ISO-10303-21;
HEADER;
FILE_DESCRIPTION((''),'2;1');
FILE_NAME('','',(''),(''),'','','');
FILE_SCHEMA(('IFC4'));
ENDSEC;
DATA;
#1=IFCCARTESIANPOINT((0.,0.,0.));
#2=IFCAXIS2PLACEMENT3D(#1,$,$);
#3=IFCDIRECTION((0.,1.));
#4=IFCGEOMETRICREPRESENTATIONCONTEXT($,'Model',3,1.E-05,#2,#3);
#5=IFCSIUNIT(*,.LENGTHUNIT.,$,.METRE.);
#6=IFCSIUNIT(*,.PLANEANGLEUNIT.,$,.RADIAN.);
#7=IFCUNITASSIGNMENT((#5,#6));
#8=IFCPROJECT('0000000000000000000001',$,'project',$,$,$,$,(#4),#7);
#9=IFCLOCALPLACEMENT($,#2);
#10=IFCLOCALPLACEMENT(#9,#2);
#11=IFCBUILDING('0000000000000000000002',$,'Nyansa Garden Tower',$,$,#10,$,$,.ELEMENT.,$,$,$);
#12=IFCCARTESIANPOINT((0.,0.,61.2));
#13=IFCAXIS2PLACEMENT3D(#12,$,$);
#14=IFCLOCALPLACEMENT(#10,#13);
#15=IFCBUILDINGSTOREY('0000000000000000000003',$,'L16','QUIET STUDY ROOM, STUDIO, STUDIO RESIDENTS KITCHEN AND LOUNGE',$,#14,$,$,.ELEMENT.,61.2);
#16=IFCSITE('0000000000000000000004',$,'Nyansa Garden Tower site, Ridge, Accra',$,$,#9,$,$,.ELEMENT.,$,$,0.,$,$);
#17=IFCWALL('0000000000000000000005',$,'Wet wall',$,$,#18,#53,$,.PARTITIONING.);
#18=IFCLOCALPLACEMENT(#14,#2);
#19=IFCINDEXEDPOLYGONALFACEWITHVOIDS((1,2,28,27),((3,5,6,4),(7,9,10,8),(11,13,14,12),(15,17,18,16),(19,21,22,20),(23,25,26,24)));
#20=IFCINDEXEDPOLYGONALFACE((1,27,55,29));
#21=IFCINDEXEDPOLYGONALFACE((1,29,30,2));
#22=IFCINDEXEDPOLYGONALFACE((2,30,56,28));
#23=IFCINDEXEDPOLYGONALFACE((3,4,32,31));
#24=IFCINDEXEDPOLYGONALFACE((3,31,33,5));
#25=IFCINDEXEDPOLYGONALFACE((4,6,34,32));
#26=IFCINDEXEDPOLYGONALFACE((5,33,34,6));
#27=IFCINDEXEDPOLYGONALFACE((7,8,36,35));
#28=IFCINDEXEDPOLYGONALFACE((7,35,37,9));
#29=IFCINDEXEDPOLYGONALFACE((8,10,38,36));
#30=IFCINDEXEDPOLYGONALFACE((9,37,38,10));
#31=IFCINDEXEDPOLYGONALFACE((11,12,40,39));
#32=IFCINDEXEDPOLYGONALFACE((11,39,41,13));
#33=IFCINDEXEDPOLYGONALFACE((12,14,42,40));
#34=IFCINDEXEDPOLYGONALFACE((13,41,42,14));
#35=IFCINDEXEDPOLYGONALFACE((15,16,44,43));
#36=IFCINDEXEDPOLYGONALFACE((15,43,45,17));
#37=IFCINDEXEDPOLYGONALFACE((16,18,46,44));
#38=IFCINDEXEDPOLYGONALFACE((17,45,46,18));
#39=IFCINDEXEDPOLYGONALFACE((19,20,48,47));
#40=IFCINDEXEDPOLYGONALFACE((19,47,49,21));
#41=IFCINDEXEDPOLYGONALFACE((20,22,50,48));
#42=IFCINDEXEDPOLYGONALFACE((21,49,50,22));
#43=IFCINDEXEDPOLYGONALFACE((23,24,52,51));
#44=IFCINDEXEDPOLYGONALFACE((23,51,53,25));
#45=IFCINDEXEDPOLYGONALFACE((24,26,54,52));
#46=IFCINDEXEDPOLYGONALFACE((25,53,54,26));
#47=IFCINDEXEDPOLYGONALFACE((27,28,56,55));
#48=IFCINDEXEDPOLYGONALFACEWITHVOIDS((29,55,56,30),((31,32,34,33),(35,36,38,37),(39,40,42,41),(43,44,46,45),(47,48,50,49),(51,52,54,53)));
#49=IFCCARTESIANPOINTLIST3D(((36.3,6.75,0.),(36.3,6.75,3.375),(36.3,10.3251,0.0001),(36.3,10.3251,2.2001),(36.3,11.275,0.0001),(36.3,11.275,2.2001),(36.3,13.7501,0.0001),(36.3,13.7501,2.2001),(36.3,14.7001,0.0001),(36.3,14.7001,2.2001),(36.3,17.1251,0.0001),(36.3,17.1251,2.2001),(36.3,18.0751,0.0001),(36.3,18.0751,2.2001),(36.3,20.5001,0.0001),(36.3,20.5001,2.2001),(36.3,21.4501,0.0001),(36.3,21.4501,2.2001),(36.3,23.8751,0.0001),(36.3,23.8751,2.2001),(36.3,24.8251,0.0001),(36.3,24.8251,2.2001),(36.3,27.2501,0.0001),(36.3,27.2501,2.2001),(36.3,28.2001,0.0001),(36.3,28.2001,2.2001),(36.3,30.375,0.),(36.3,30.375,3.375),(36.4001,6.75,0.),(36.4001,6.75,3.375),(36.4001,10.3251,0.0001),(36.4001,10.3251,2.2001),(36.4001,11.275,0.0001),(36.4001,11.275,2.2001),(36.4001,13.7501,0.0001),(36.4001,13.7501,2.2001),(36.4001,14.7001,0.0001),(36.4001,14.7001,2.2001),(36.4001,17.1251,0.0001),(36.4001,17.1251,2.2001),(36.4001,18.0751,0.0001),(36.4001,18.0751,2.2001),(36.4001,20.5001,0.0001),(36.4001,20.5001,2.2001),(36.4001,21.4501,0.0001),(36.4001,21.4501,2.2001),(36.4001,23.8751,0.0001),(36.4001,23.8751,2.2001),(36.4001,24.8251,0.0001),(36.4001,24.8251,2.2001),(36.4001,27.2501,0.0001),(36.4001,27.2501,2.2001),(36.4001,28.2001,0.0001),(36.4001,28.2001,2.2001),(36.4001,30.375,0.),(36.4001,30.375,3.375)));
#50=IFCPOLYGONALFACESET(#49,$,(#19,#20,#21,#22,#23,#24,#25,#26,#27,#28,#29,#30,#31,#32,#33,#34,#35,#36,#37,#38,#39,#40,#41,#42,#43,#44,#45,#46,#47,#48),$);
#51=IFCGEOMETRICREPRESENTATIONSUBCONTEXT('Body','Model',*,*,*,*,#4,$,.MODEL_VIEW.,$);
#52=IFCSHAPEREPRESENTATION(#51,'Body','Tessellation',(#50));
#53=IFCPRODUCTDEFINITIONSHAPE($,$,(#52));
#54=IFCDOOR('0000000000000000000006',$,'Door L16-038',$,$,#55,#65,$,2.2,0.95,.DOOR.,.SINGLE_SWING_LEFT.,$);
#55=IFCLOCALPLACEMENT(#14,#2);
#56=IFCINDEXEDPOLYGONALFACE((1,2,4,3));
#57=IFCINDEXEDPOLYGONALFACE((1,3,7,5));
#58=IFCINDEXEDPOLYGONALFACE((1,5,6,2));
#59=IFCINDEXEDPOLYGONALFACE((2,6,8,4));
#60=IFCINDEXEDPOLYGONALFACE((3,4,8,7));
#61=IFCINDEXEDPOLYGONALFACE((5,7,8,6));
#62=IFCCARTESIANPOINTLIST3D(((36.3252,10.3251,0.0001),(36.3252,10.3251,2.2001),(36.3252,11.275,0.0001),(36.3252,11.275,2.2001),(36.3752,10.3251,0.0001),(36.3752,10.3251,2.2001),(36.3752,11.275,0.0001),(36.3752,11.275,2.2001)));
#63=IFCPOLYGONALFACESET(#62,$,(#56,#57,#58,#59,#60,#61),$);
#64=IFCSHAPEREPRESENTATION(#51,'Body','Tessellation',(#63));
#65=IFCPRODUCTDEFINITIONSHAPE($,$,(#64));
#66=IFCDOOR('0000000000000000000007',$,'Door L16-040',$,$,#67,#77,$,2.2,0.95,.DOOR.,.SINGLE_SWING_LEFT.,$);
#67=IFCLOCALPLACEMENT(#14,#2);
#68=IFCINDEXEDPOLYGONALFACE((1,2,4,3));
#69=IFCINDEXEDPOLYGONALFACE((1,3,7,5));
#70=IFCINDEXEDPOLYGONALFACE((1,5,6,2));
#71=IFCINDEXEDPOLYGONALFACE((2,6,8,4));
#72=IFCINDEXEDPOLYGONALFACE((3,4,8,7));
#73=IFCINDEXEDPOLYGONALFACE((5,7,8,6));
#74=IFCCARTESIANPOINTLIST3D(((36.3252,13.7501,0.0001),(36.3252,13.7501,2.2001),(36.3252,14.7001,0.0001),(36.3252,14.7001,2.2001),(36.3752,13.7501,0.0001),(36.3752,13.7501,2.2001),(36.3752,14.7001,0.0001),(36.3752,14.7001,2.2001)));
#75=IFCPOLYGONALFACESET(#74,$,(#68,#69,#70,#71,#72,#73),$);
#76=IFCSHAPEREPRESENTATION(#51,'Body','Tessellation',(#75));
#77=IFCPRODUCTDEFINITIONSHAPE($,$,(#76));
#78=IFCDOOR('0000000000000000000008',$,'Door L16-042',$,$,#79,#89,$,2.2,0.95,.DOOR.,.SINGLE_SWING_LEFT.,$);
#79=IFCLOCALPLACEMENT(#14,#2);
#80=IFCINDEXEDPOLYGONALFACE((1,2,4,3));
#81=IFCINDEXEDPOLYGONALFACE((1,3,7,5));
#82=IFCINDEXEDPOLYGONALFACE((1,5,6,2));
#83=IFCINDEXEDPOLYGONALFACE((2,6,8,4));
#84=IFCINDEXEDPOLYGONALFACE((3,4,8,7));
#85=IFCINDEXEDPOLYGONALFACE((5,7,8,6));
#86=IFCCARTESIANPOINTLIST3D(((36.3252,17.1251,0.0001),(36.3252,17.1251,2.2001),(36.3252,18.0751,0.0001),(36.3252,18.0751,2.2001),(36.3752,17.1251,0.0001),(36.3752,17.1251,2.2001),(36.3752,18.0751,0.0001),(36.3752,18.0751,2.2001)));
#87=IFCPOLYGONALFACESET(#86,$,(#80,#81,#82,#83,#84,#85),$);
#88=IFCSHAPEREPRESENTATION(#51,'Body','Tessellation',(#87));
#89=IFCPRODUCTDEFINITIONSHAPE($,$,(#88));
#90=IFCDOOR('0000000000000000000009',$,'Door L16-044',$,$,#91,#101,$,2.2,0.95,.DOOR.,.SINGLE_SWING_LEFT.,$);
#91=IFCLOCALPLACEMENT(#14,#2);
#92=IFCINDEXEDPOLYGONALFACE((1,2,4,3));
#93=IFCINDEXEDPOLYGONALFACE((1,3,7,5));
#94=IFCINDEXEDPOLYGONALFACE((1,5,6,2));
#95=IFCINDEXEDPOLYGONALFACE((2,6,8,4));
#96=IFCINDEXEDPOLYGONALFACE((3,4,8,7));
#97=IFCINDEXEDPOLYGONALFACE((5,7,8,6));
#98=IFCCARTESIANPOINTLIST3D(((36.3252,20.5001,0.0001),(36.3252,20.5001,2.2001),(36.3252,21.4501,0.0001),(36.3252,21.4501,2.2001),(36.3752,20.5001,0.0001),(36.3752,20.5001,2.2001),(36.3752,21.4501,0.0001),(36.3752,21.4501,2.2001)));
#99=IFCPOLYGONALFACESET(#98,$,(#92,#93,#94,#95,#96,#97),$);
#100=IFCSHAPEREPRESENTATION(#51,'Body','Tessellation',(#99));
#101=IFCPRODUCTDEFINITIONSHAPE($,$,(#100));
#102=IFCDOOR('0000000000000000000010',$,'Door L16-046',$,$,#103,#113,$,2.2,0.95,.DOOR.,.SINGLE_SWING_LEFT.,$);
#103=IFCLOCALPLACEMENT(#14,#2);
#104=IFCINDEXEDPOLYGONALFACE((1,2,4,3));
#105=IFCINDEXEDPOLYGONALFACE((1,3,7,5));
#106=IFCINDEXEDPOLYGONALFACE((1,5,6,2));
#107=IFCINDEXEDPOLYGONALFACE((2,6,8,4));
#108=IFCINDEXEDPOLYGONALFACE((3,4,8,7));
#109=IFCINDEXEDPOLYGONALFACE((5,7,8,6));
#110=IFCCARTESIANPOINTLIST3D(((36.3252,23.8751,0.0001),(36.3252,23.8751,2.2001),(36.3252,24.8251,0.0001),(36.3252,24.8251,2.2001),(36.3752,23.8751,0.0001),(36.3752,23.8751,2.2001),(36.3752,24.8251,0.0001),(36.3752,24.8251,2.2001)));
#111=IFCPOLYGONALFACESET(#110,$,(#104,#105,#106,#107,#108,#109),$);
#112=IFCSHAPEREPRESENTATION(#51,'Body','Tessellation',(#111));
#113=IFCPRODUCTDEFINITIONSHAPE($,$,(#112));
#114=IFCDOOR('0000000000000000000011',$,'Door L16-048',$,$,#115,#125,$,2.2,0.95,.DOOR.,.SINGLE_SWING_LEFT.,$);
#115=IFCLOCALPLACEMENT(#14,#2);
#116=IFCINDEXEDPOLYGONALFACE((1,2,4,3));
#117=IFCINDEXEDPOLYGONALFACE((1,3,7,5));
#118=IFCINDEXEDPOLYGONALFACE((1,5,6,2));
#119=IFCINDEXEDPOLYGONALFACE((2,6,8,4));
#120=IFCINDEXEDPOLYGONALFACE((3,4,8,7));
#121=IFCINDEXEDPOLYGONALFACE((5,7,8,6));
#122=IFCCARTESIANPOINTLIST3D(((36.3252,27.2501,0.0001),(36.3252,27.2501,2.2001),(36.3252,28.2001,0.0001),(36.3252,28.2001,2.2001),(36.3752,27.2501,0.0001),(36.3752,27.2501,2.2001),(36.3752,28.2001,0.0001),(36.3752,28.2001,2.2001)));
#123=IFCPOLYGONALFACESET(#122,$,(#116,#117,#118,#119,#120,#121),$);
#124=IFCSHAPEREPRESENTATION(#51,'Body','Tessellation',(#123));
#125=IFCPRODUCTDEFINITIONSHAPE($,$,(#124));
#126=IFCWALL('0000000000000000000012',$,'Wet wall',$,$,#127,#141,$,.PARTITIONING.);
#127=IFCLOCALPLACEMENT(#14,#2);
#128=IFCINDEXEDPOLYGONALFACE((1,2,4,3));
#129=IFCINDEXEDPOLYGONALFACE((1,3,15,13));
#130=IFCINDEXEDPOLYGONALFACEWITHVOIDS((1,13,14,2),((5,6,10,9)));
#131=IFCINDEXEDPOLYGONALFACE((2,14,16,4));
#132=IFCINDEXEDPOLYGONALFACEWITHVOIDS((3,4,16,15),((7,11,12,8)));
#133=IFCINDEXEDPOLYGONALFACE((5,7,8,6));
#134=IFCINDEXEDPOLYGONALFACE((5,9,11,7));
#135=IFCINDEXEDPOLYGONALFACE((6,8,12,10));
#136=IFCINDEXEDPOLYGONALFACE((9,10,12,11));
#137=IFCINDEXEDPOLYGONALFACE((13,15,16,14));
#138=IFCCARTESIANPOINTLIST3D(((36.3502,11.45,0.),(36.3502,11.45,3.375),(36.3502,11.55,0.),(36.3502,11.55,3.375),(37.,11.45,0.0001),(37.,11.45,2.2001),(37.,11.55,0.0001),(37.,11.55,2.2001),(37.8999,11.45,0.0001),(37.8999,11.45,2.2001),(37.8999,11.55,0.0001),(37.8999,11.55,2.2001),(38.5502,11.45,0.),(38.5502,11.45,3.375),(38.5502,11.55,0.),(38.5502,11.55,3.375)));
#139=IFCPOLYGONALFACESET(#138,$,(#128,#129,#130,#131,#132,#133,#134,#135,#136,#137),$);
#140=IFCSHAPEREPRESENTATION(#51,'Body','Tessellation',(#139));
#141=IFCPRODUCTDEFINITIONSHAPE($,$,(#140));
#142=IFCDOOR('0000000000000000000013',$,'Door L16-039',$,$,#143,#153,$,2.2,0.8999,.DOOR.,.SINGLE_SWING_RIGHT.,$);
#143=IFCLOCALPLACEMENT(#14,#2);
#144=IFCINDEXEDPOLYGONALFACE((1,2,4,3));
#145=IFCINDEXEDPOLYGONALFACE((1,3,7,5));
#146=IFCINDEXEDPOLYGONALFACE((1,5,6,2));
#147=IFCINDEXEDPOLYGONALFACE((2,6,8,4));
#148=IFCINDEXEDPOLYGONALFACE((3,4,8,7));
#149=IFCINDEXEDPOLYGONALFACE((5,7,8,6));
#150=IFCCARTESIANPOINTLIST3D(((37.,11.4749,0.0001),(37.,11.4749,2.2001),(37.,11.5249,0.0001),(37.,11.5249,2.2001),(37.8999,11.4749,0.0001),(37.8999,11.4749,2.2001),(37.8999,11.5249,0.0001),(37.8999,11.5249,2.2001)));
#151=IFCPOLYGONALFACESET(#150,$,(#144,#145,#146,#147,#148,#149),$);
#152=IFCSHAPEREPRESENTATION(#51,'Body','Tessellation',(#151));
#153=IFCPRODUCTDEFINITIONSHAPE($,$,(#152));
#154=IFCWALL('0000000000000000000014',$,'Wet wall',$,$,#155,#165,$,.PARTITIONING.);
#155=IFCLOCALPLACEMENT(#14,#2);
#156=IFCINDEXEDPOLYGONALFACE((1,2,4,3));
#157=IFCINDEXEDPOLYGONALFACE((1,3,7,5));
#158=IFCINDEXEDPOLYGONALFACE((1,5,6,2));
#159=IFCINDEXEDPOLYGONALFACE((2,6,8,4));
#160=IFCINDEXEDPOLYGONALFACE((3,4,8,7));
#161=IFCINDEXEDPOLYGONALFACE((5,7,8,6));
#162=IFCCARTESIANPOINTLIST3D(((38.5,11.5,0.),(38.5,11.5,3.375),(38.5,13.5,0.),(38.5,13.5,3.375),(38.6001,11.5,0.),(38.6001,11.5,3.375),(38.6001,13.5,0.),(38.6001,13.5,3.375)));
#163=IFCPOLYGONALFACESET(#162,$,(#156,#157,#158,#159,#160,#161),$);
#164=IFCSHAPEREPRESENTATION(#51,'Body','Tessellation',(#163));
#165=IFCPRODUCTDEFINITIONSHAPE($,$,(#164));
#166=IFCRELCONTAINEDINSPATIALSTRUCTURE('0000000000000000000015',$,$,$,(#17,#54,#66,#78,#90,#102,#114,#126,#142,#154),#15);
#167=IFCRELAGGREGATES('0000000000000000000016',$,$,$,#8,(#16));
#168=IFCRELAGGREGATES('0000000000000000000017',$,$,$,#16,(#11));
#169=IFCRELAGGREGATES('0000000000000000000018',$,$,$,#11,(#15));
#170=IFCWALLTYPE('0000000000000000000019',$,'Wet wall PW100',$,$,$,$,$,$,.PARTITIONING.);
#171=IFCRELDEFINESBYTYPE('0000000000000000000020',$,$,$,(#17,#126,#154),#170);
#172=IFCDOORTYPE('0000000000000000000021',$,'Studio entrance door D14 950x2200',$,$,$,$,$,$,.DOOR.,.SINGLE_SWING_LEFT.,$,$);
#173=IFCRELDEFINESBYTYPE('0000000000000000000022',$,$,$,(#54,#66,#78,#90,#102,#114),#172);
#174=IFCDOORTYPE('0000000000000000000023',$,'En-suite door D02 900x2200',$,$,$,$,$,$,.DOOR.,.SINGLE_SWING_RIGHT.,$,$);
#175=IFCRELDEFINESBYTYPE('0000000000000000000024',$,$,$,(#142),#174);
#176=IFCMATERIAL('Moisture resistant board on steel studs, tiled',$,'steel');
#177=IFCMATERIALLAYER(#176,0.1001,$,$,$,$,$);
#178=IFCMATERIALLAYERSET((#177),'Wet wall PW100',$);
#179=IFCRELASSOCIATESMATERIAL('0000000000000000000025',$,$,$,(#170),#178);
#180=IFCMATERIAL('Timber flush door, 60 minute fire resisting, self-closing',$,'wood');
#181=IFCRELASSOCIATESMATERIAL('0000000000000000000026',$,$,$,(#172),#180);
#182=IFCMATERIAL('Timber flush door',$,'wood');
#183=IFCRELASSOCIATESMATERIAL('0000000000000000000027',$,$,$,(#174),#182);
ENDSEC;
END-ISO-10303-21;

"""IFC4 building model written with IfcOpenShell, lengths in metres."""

from ifc_helpers import new_model, si_unit, direction, frame, frame_2d, origin, place, context, subcontext, project, spatial, rectangle, extrude, material, layer, layer_set, type_object, element, fill, save


model = new_model("IFC4")

# Units and contexts
model_context = context("Model", 3, precision=1e-05, world=origin(), true_north=direction((0.0, 1.0)))
body_context = subcontext(model_context, "Body", "Model", "MODEL_VIEW")
ifc_project = project(units=[si_unit("LENGTHUNIT", "METRE"), si_unit("PLANEANGLEUNIT", "RADIAN")], contexts=[model_context])

# Site, building, storey
site_placement = place(None, origin())
site = spatial("IfcSite", under=ifc_project, at=site_placement, Name="Nyansa Garden Tower site, Ridge, Accra", CompositionType="ELEMENT", RefElevation=0.0)
building_placement = place(site_placement, origin())
building = spatial("IfcBuilding", under=site, at=building_placement, Name="Nyansa Garden Tower", CompositionType="ELEMENT")
storey_placement = place(building_placement, frame((0.0, 0.0, 61.2)))
storey = spatial("IfcBuildingStorey", under=building, at=storey_placement, Name="L16", Description="QUIET STUDY ROOM, STUDIO, STUDIO RESIDENTS KITCHEN AND LOUNGE", CompositionType="ELEMENT", Elevation=61.2)

# Wall, openings, doors
ifc_material_1 = material(Name="Moisture resistant board on steel studs, tiled", Category="steel")
ifc_layer_1 = layer(ifc_material_1, 0.1001)
ifc_layer_set_1 = layer_set([ifc_layer_1], Name="Wet wall PW100")
wall_type_1 = type_object("IfcWallType", Name="Wet wall PW100", PredefinedType="PARTITIONING", material=ifc_layer_set_1)
wall_1_placement = place(storey_placement, frame((36.3501, 6.75, 0.0), z_axis=(0.0, 0.0, 1.0), x_axis=(0.0, 1.0, 0.0)))
wall_1 = element("IfcWall", 1, at=wall_1_placement, inside=storey, type_object=wall_type_1, Name="Wet wall", PredefinedType="PARTITIONING", context=body_context, shape_type="SweptSolid", body=[
    extrude(rectangle(XDim=23.625, YDim=0.1001, at=frame_2d((11.8125, 0.0))), origin(), (0.0, 0.0, 1.0), 3.375),
])
opening_1_placement = place(wall_1_placement, frame((3.575, 0.0, 0.0)))
opening_1 = element("IfcOpeningElement", 2, at=opening_1_placement, cuts=wall_1, PredefinedType="OPENING", context=body_context, shape_type="SweptSolid", body=[
    extrude(rectangle(XDim=0.95, YDim=2.2, at=frame_2d((0.4751, 1.1001))), frame((0.0, 0.0601, 0.0), z_axis=(0.0, -1.0, 0.0), x_axis=(1.0, 0.0, 0.0)), (0.0, 0.0, 1.0), 0.1201),
])
opening_2_placement = place(wall_1_placement, frame((7.0, 0.0, 0.0)))
opening_2 = element("IfcOpeningElement", 3, at=opening_2_placement, cuts=wall_1, PredefinedType="OPENING", context=body_context, shape_type="SweptSolid", body=[
    extrude(rectangle(XDim=0.95, YDim=2.2, at=frame_2d((0.4751, 1.1001))), frame((0.0, 0.0601, 0.0), z_axis=(0.0, -1.0, 0.0), x_axis=(1.0, 0.0, 0.0)), (0.0, 0.0, 1.0), 0.1201),
])
opening_3_placement = place(wall_1_placement, frame((10.375, 0.0, 0.0)))
opening_3 = element("IfcOpeningElement", 4, at=opening_3_placement, cuts=wall_1, PredefinedType="OPENING", context=body_context, shape_type="SweptSolid", body=[
    extrude(rectangle(XDim=0.95, YDim=2.2, at=frame_2d((0.4751, 1.1001))), frame((0.0, 0.0601, 0.0), z_axis=(0.0, -1.0, 0.0), x_axis=(1.0, 0.0, 0.0)), (0.0, 0.0, 1.0), 0.1201),
])
opening_4_placement = place(wall_1_placement, frame((13.75, 0.0, 0.0)))
opening_4 = element("IfcOpeningElement", 5, at=opening_4_placement, cuts=wall_1, PredefinedType="OPENING", context=body_context, shape_type="SweptSolid", body=[
    extrude(rectangle(XDim=0.95, YDim=2.2, at=frame_2d((0.4751, 1.1001))), frame((0.0, 0.0601, 0.0), z_axis=(0.0, -1.0, 0.0), x_axis=(1.0, 0.0, 0.0)), (0.0, 0.0, 1.0), 0.1201),
])
opening_5_placement = place(wall_1_placement, frame((17.125, 0.0, 0.0)))
opening_5 = element("IfcOpeningElement", 6, at=opening_5_placement, cuts=wall_1, PredefinedType="OPENING", context=body_context, shape_type="SweptSolid", body=[
    extrude(rectangle(XDim=0.95, YDim=2.2, at=frame_2d((0.4751, 1.1001))), frame((0.0, 0.0601, 0.0), z_axis=(0.0, -1.0, 0.0), x_axis=(1.0, 0.0, 0.0)), (0.0, 0.0, 1.0), 0.1201),
])
opening_6_placement = place(wall_1_placement, frame((20.5, 0.0, 0.0)))
opening_6 = element("IfcOpeningElement", 7, at=opening_6_placement, cuts=wall_1, PredefinedType="OPENING", context=body_context, shape_type="SweptSolid", body=[
    extrude(rectangle(XDim=0.95, YDim=2.2, at=frame_2d((0.4751, 1.1001))), frame((0.0, 0.0601, 0.0), z_axis=(0.0, -1.0, 0.0), x_axis=(1.0, 0.0, 0.0)), (0.0, 0.0, 1.0), 0.1201),
])
ifc_material_2 = material(Name="Timber flush door, 60 minute fire resisting, self-closing", Category="wood")
door_type_1 = type_object("IfcDoorType", Name="Studio entrance door D14 950x2200", OperationType="SINGLE_SWING_LEFT", PredefinedType="DOOR", material=ifc_material_2)
door_1_placement = place(opening_1_placement, origin())
door_1 = element("IfcDoor", 8, at=door_1_placement, inside=storey, type_object=door_type_1, Name="Door L16-038", OperationType="SINGLE_SWING_LEFT", OverallHeight=2.2, OverallWidth=0.95, PredefinedType="DOOR", context=body_context, shape_type="SweptSolid", body=[
    extrude(rectangle(XDim=0.95, YDim=2.2, at=frame_2d((0.4751, 1.1001))), frame((0.0, 0.0249, 0.0), z_axis=(0.0, -1.0, 0.0), x_axis=(1.0, 0.0, 0.0)), (0.0, 0.0, 1.0), 0.05),
])
fill(opening_1, door_1)
door_2_placement = place(opening_2_placement, origin())
door_2 = element("IfcDoor", 9, at=door_2_placement, inside=storey, type_object=door_type_1, Name="Door L16-040", OperationType="SINGLE_SWING_LEFT", OverallHeight=2.2, OverallWidth=0.95, PredefinedType="DOOR", context=body_context, shape_type="SweptSolid", body=[
    extrude(rectangle(XDim=0.95, YDim=2.2, at=frame_2d((0.4751, 1.1001))), frame((0.0, 0.0249, 0.0), z_axis=(0.0, -1.0, 0.0), x_axis=(1.0, 0.0, 0.0)), (0.0, 0.0, 1.0), 0.05),
])
fill(opening_2, door_2)
door_3_placement = place(opening_3_placement, origin())
door_3 = element("IfcDoor", 10, at=door_3_placement, inside=storey, type_object=door_type_1, Name="Door L16-042", OperationType="SINGLE_SWING_LEFT", OverallHeight=2.2, OverallWidth=0.95, PredefinedType="DOOR", context=body_context, shape_type="SweptSolid", body=[
    extrude(rectangle(XDim=0.95, YDim=2.2, at=frame_2d((0.4751, 1.1001))), frame((0.0, 0.0249, 0.0), z_axis=(0.0, -1.0, 0.0), x_axis=(1.0, 0.0, 0.0)), (0.0, 0.0, 1.0), 0.05),
])
fill(opening_3, door_3)
door_4_placement = place(opening_4_placement, origin())
door_4 = element("IfcDoor", 11, at=door_4_placement, inside=storey, type_object=door_type_1, Name="Door L16-044", OperationType="SINGLE_SWING_LEFT", OverallHeight=2.2, OverallWidth=0.95, PredefinedType="DOOR", context=body_context, shape_type="SweptSolid", body=[
    extrude(rectangle(XDim=0.95, YDim=2.2, at=frame_2d((0.4751, 1.1001))), frame((0.0, 0.0249, 0.0), z_axis=(0.0, -1.0, 0.0), x_axis=(1.0, 0.0, 0.0)), (0.0, 0.0, 1.0), 0.05),
])
fill(opening_4, door_4)
door_5_placement = place(opening_5_placement, origin())
door_5 = element("IfcDoor", 12, at=door_5_placement, inside=storey, type_object=door_type_1, Name="Door L16-046", OperationType="SINGLE_SWING_LEFT", OverallHeight=2.2, OverallWidth=0.95, PredefinedType="DOOR", context=body_context, shape_type="SweptSolid", body=[
    extrude(rectangle(XDim=0.95, YDim=2.2, at=frame_2d((0.4751, 1.1001))), frame((0.0, 0.0249, 0.0), z_axis=(0.0, -1.0, 0.0), x_axis=(1.0, 0.0, 0.0)), (0.0, 0.0, 1.0), 0.05),
])
fill(opening_5, door_5)
door_6_placement = place(opening_6_placement, origin())
door_6 = element("IfcDoor", 13, at=door_6_placement, inside=storey, type_object=door_type_1, Name="Door L16-048", OperationType="SINGLE_SWING_LEFT", OverallHeight=2.2, OverallWidth=0.95, PredefinedType="DOOR", context=body_context, shape_type="SweptSolid", body=[
    extrude(rectangle(XDim=0.95, YDim=2.2, at=frame_2d((0.4751, 1.1001))), frame((0.0, 0.0249, 0.0), z_axis=(0.0, -1.0, 0.0), x_axis=(1.0, 0.0, 0.0)), (0.0, 0.0, 1.0), 0.05),
])
fill(opening_6, door_6)

# Wall, opening, door
wall_2_placement = place(storey_placement, frame((36.3501, 11.5, 0.0), z_axis=(0.0, 0.0, 1.0), x_axis=(1.0, 0.0, 0.0)))
wall_2 = element("IfcWall", 14, at=wall_2_placement, inside=storey, type_object=wall_type_1, Name="Wet wall", PredefinedType="PARTITIONING", context=body_context, shape_type="SweptSolid", body=[
    extrude(rectangle(XDim=2.2, YDim=0.1001, at=frame_2d((1.1001, 0.0))), origin(), (0.0, 0.0, 1.0), 3.375),
])
opening_7_placement = place(wall_2_placement, frame((0.6499, 0.0, 0.0)))
opening_7 = element("IfcOpeningElement", 15, at=opening_7_placement, cuts=wall_2, PredefinedType="OPENING", context=body_context, shape_type="SweptSolid", body=[
    extrude(rectangle(XDim=0.8999, YDim=2.2, at=frame_2d((0.45, 1.1001))), frame((0.0, 0.0601, 0.0), z_axis=(0.0, -1.0, 0.0), x_axis=(1.0, 0.0, 0.0)), (0.0, 0.0, 1.0), 0.1201),
])
ifc_material_3 = material(Name="Timber flush door", Category="wood")
door_type_2 = type_object("IfcDoorType", Name="En-suite door D02 900x2200", OperationType="SINGLE_SWING_RIGHT", PredefinedType="DOOR", material=ifc_material_3)
door_7_placement = place(opening_7_placement, origin())
door_7 = element("IfcDoor", 16, at=door_7_placement, inside=storey, type_object=door_type_2, Name="Door L16-039", OperationType="SINGLE_SWING_RIGHT", OverallHeight=2.2, OverallWidth=0.8999, PredefinedType="DOOR", context=body_context, shape_type="SweptSolid", body=[
    extrude(rectangle(XDim=0.8999, YDim=2.2, at=frame_2d((0.45, 1.1001))), frame((0.0, 0.0249, 0.0), z_axis=(0.0, -1.0, 0.0), x_axis=(1.0, 0.0, 0.0)), (0.0, 0.0, 1.0), 0.05),
])
fill(opening_7, door_7)

# Wall
wall_3_placement = place(storey_placement, frame((38.55, 11.5, 0.0), z_axis=(0.0, 0.0, 1.0), x_axis=(0.0, 1.0, 0.0)))
element("IfcWall", 17, at=wall_3_placement, inside=storey, type_object=wall_type_1, Name="Wet wall", PredefinedType="PARTITIONING", context=body_context, shape_type="SweptSolid", body=[
    extrude(rectangle(XDim=2.0, YDim=0.1001, at=frame_2d((1.0, 0.0))), origin(), (0.0, 0.0, 1.0), 3.375),
])

save(model, "model.ifc")
